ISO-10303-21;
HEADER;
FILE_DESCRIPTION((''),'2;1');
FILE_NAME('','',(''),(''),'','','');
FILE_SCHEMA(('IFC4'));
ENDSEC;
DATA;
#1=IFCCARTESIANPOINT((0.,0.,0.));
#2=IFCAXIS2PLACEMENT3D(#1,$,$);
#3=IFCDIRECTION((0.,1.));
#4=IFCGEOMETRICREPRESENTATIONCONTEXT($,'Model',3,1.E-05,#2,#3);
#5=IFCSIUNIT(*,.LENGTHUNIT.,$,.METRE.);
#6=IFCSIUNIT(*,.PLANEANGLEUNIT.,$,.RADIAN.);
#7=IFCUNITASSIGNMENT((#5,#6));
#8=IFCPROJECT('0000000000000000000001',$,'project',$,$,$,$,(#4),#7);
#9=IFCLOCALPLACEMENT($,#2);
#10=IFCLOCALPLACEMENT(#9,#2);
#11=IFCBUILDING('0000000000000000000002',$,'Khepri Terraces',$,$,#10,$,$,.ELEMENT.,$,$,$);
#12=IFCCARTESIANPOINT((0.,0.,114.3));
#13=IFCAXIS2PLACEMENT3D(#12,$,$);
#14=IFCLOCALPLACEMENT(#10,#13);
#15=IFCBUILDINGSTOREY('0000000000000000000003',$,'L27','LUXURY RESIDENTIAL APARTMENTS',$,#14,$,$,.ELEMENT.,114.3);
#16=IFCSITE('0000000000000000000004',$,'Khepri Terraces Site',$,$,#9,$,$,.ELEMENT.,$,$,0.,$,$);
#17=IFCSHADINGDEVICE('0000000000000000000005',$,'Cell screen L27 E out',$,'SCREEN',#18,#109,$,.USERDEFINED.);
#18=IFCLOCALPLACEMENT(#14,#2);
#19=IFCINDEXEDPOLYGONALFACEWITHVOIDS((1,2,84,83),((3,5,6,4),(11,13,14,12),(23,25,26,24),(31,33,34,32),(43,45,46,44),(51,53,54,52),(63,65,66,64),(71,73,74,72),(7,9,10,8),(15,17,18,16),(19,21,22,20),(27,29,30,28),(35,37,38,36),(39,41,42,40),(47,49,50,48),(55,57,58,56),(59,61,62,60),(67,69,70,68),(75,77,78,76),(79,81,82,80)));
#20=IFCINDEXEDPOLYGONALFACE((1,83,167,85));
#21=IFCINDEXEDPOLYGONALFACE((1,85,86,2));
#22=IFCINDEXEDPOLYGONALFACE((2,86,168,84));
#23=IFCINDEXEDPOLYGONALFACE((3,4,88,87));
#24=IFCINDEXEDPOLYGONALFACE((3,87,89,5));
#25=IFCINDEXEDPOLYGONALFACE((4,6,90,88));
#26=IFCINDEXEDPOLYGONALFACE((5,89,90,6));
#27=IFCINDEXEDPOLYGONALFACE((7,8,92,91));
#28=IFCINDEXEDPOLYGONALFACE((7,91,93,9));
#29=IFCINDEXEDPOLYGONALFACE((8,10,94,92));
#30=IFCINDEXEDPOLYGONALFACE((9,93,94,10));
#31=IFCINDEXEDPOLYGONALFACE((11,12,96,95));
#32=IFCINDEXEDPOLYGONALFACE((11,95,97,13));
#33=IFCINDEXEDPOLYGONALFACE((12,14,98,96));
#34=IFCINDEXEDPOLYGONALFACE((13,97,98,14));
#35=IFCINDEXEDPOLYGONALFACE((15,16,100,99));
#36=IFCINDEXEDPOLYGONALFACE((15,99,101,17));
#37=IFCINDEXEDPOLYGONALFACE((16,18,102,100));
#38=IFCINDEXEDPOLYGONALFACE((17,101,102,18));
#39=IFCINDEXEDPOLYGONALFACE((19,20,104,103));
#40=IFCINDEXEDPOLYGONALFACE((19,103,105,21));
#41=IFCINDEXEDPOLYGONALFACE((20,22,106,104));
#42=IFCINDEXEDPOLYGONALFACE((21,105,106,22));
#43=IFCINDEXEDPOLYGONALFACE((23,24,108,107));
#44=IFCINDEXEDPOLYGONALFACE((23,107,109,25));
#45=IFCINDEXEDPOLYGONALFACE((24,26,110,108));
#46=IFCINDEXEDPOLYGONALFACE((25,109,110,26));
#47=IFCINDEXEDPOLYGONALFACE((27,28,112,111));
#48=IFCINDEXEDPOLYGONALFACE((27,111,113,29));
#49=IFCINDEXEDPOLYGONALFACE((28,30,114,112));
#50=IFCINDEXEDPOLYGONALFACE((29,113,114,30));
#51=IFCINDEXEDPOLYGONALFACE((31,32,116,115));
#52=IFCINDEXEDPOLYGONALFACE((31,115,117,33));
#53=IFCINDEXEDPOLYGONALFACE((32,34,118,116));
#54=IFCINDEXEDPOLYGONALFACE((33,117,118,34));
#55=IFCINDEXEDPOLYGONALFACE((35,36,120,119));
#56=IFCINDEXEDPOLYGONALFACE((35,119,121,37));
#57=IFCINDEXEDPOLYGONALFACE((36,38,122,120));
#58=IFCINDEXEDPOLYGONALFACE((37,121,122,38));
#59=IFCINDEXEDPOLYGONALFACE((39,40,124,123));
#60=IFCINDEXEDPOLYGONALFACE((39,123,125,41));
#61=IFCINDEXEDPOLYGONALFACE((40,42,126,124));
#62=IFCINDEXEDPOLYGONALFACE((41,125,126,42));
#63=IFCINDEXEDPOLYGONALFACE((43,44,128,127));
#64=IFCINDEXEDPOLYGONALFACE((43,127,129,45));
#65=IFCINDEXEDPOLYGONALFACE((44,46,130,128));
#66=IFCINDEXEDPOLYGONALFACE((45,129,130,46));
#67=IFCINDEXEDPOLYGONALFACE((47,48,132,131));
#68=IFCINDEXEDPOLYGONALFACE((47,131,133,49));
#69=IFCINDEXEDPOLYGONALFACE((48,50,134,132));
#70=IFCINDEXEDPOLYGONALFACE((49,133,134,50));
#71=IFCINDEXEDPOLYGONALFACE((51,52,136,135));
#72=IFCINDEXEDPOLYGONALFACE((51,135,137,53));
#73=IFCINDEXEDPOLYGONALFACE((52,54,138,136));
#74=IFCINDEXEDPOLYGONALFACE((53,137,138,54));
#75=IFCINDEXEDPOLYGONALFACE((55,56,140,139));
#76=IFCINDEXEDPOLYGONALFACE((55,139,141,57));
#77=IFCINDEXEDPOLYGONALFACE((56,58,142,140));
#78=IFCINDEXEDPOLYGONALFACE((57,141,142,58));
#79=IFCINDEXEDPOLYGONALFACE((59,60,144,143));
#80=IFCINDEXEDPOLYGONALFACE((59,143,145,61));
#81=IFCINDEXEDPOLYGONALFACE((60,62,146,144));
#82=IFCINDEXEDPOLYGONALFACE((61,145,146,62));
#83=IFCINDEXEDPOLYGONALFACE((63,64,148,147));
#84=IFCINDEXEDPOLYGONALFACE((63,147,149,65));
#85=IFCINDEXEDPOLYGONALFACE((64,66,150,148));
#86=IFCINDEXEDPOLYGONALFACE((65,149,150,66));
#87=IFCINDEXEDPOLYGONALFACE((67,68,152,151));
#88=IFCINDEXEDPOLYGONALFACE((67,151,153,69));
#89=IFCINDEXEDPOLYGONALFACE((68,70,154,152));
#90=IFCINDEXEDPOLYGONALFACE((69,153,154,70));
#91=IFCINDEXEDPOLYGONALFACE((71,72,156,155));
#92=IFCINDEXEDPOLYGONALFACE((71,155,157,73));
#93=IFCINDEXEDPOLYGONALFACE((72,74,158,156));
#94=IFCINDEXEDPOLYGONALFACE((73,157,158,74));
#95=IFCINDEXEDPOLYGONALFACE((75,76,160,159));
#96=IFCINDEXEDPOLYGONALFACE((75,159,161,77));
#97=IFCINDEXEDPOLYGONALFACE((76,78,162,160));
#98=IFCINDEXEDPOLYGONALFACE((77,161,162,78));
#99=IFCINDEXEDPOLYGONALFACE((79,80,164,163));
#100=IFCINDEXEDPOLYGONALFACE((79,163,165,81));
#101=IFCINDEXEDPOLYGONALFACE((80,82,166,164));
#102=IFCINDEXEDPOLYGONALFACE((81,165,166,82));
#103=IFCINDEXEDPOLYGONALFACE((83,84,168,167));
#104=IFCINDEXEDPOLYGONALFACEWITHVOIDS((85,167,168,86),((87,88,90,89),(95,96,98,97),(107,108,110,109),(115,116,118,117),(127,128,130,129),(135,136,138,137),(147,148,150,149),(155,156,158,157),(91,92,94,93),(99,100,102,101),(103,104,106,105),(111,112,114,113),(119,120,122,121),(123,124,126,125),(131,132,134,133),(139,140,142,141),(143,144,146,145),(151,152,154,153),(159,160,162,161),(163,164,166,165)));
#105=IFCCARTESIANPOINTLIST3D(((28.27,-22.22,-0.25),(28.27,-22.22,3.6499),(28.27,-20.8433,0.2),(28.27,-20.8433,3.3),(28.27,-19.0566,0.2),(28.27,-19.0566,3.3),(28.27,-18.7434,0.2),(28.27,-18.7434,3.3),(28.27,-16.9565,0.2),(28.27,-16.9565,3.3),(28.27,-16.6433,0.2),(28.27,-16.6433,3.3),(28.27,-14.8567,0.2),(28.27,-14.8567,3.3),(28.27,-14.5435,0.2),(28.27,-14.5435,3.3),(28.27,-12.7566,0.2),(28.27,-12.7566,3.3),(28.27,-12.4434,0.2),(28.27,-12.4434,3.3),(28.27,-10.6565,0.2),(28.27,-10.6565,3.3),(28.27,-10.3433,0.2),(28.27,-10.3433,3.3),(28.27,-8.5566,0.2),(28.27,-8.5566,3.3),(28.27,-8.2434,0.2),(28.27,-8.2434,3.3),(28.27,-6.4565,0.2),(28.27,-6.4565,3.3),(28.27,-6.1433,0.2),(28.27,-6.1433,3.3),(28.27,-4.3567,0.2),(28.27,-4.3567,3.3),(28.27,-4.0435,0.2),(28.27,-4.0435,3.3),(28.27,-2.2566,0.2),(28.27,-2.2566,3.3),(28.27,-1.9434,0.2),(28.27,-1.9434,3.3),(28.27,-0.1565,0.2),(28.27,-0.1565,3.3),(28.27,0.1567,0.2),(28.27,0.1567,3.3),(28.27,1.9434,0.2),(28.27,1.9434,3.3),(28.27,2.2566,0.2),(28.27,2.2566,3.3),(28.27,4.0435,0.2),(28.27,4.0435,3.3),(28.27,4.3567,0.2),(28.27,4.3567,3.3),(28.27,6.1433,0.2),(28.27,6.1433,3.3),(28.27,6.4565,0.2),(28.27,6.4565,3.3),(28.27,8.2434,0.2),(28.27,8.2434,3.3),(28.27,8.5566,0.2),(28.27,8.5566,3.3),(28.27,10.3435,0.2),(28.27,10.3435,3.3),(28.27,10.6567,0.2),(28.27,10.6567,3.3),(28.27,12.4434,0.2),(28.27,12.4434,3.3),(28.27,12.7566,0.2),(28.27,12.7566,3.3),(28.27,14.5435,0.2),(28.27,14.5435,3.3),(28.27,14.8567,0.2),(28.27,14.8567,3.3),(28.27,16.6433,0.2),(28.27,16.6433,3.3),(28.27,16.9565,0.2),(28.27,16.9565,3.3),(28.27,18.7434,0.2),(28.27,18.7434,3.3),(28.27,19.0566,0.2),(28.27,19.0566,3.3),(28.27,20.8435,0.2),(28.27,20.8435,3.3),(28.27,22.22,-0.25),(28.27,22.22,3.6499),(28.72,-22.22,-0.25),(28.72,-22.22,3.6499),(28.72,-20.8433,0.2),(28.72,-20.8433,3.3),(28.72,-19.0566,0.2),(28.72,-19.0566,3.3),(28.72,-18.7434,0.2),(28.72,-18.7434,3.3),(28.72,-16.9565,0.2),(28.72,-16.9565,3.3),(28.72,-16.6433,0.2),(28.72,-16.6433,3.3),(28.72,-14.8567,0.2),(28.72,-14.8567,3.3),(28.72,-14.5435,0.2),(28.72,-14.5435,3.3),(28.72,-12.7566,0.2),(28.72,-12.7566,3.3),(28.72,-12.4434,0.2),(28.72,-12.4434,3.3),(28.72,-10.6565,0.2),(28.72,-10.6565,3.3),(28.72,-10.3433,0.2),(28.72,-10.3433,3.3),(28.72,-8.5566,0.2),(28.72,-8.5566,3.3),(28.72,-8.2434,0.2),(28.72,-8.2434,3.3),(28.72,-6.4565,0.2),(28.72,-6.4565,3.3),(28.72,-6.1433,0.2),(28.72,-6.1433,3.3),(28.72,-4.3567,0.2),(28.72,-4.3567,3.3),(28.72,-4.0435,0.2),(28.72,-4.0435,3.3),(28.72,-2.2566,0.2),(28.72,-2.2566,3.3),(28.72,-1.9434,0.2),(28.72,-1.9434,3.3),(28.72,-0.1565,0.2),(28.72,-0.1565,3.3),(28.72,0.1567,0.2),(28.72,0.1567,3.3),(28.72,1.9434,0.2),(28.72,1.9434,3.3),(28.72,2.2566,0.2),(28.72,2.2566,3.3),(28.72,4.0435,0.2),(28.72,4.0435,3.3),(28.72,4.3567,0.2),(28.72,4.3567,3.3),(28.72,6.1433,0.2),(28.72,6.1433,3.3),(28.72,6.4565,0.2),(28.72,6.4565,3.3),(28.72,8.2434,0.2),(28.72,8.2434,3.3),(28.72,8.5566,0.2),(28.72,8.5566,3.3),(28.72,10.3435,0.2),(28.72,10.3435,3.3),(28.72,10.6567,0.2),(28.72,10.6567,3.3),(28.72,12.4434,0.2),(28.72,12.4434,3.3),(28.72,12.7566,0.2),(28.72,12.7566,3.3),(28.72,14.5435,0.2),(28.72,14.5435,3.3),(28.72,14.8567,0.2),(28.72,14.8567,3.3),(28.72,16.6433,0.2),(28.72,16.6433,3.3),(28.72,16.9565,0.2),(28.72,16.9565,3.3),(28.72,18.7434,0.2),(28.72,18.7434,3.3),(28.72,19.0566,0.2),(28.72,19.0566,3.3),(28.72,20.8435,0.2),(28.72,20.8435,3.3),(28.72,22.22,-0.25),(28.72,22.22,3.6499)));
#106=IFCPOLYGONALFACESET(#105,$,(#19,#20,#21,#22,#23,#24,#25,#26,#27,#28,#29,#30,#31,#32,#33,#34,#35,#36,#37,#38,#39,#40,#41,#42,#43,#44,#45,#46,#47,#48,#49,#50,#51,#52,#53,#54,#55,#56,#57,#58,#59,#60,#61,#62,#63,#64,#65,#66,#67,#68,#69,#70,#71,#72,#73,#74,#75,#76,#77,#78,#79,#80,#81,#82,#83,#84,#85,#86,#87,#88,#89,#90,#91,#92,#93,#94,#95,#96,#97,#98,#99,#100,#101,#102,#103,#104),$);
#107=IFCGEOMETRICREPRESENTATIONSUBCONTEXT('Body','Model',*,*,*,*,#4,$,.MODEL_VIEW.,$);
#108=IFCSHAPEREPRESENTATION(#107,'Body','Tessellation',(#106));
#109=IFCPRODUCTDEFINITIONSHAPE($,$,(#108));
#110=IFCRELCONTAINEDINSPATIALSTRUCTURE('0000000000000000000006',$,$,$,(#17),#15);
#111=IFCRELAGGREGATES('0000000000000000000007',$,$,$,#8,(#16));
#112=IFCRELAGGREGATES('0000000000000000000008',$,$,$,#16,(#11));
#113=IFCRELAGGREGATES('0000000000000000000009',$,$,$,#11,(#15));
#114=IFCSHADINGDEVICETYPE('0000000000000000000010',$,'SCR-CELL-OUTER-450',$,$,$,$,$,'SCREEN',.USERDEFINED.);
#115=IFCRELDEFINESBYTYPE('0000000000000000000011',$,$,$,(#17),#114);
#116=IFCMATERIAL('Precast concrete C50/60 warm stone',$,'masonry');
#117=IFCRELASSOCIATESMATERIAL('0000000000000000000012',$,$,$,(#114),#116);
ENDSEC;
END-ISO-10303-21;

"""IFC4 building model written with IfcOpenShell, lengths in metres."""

from ifc_helpers import new_model, si_unit, direction, frame, origin, place, context, subcontext, project, spatial, polyline, outline, extrude, material, type_object, element, save


model = new_model("IFC4")

# Units and contexts
model_context = context("Model", 3, precision=1e-05, world=origin(), true_north=direction((0.0, 1.0)))
body_context = subcontext(model_context, "Body", "Model", "MODEL_VIEW")
ifc_project = project(units=[si_unit("LENGTHUNIT", "METRE"), si_unit("PLANEANGLEUNIT", "RADIAN")], contexts=[model_context])

# Site, building, storey
site_placement = place(None, origin())
site = spatial("IfcSite", under=ifc_project, at=site_placement, Name="Khepri Terraces Site", CompositionType="ELEMENT", RefElevation=0.0)
building_placement = place(site_placement, origin())
building = spatial("IfcBuilding", under=site, at=building_placement, Name="Khepri Terraces", CompositionType="ELEMENT")
storey_placement = place(building_placement, frame((0.0, 0.0, 114.3)))
storey = spatial("IfcBuildingStorey", under=building, at=storey_placement, Name="L27", Description="LUXURY RESIDENTIAL APARTMENTS", CompositionType="ELEMENT", Elevation=114.3)

# Shared definitions
ifc_material_1 = material(Name="Precast concrete C50/60 warm stone", Category="masonry")

# Shading device
shading_device_type_1 = type_object("IfcShadingDeviceType", Name="SCR-CELL-OUTER-450", ElementType="SCREEN", PredefinedType="USERDEFINED", material=ifc_material_1)
shading_device_1_placement = place(storey_placement, frame((28.27, -22.22, -0.25), z_axis=(1.0, 0.0, 0.0), x_axis=(0.0, 1.0, 0.0)))
element("IfcShadingDevice", 1, at=shading_device_1_placement, inside=storey, type_object=shading_device_type_1, Name="Cell screen L27 E out", ObjectType="SCREEN", PredefinedType="USERDEFINED", context=body_context, shape_type="SweptSolid", body=[
    extrude(outline(polyline([(0.0, 0.0), (44.4399, 0.0), (44.4399, 3.8999), (0.0, 3.8999), (0.0, 0.0)]), holes=[polyline([(1.3767, 0.45), (3.1633, 0.45), (3.1633, 3.55), (1.3767, 3.55), (1.3767, 0.45)]), polyline([(3.4766, 0.45), (5.2634, 0.45), (5.2634, 3.55), (3.4766, 3.55), (3.4766, 0.45)]), polyline([(5.5767, 0.45), (7.3633, 0.45), (7.3633, 3.55), (5.5767, 3.55), (5.5767, 0.45)]), polyline([(7.6765, 0.45), (9.4634, 0.45), (9.4634, 3.55), (7.6765, 3.55), (7.6765, 0.45)]), polyline([(9.7766, 0.45), (11.5635, 0.45), (11.5635, 3.55), (9.7766, 3.55), (9.7766, 0.45)]), polyline([(11.8767, 0.45), (13.6633, 0.45), (13.6633, 3.55), (11.8767, 3.55), (11.8767, 0.45)]), polyline([(13.9766, 0.45), (15.7634, 0.45), (15.7634, 3.55), (13.9766, 3.55), (13.9766, 0.45)]), polyline([(16.0767, 0.45), (17.8633, 0.45), (17.8633, 3.55), (16.0767, 3.55), (16.0767, 0.45)]), polyline([(18.1765, 0.45), (19.9634, 0.45), (19.9634, 3.55), (18.1765, 3.55), (18.1765, 0.45)]), polyline([(20.2766, 0.45), (22.0635, 0.45), (22.0635, 3.55), (20.2766, 3.55), (20.2766, 0.45)]), polyline([(22.3767, 0.45), (24.1633, 0.45), (24.1633, 3.55), (22.3767, 3.55), (22.3767, 0.45)]), polyline([(24.4766, 0.45), (26.2634, 0.45), (26.2634, 3.55), (24.4766, 3.55), (24.4766, 0.45)]), polyline([(26.5767, 0.45), (28.3633, 0.45), (28.3633, 3.55), (26.5767, 3.55), (26.5767, 0.45)]), polyline([(28.6765, 0.45), (30.4634, 0.45), (30.4634, 3.55), (28.6765, 3.55), (28.6765, 0.45)]), polyline([(30.7766, 0.45), (32.5635, 0.45), (32.5635, 3.55), (30.7766, 3.55), (30.7766, 0.45)]), polyline([(32.8767, 0.45), (34.6633, 0.45), (34.6633, 3.55), (32.8767, 3.55), (32.8767, 0.45)]), polyline([(34.9766, 0.45), (36.7634, 0.45), (36.7634, 3.55), (34.9766, 3.55), (34.9766, 0.45)]), polyline([(37.0767, 0.45), (38.8633, 0.45), (38.8633, 3.55), (37.0767, 3.55), (37.0767, 0.45)]), polyline([(39.1765, 0.45), (40.9634, 0.45), (40.9634, 3.55), (39.1765, 3.55), (39.1765, 0.45)]), polyline([(41.2766, 0.45), (43.0635, 0.45), (43.0635, 3.55), (41.2766, 3.55), (41.2766, 0.45)])]), origin(), (0.0, 0.0, 1.0), 0.45),
])

save(model, "model.ifc")
